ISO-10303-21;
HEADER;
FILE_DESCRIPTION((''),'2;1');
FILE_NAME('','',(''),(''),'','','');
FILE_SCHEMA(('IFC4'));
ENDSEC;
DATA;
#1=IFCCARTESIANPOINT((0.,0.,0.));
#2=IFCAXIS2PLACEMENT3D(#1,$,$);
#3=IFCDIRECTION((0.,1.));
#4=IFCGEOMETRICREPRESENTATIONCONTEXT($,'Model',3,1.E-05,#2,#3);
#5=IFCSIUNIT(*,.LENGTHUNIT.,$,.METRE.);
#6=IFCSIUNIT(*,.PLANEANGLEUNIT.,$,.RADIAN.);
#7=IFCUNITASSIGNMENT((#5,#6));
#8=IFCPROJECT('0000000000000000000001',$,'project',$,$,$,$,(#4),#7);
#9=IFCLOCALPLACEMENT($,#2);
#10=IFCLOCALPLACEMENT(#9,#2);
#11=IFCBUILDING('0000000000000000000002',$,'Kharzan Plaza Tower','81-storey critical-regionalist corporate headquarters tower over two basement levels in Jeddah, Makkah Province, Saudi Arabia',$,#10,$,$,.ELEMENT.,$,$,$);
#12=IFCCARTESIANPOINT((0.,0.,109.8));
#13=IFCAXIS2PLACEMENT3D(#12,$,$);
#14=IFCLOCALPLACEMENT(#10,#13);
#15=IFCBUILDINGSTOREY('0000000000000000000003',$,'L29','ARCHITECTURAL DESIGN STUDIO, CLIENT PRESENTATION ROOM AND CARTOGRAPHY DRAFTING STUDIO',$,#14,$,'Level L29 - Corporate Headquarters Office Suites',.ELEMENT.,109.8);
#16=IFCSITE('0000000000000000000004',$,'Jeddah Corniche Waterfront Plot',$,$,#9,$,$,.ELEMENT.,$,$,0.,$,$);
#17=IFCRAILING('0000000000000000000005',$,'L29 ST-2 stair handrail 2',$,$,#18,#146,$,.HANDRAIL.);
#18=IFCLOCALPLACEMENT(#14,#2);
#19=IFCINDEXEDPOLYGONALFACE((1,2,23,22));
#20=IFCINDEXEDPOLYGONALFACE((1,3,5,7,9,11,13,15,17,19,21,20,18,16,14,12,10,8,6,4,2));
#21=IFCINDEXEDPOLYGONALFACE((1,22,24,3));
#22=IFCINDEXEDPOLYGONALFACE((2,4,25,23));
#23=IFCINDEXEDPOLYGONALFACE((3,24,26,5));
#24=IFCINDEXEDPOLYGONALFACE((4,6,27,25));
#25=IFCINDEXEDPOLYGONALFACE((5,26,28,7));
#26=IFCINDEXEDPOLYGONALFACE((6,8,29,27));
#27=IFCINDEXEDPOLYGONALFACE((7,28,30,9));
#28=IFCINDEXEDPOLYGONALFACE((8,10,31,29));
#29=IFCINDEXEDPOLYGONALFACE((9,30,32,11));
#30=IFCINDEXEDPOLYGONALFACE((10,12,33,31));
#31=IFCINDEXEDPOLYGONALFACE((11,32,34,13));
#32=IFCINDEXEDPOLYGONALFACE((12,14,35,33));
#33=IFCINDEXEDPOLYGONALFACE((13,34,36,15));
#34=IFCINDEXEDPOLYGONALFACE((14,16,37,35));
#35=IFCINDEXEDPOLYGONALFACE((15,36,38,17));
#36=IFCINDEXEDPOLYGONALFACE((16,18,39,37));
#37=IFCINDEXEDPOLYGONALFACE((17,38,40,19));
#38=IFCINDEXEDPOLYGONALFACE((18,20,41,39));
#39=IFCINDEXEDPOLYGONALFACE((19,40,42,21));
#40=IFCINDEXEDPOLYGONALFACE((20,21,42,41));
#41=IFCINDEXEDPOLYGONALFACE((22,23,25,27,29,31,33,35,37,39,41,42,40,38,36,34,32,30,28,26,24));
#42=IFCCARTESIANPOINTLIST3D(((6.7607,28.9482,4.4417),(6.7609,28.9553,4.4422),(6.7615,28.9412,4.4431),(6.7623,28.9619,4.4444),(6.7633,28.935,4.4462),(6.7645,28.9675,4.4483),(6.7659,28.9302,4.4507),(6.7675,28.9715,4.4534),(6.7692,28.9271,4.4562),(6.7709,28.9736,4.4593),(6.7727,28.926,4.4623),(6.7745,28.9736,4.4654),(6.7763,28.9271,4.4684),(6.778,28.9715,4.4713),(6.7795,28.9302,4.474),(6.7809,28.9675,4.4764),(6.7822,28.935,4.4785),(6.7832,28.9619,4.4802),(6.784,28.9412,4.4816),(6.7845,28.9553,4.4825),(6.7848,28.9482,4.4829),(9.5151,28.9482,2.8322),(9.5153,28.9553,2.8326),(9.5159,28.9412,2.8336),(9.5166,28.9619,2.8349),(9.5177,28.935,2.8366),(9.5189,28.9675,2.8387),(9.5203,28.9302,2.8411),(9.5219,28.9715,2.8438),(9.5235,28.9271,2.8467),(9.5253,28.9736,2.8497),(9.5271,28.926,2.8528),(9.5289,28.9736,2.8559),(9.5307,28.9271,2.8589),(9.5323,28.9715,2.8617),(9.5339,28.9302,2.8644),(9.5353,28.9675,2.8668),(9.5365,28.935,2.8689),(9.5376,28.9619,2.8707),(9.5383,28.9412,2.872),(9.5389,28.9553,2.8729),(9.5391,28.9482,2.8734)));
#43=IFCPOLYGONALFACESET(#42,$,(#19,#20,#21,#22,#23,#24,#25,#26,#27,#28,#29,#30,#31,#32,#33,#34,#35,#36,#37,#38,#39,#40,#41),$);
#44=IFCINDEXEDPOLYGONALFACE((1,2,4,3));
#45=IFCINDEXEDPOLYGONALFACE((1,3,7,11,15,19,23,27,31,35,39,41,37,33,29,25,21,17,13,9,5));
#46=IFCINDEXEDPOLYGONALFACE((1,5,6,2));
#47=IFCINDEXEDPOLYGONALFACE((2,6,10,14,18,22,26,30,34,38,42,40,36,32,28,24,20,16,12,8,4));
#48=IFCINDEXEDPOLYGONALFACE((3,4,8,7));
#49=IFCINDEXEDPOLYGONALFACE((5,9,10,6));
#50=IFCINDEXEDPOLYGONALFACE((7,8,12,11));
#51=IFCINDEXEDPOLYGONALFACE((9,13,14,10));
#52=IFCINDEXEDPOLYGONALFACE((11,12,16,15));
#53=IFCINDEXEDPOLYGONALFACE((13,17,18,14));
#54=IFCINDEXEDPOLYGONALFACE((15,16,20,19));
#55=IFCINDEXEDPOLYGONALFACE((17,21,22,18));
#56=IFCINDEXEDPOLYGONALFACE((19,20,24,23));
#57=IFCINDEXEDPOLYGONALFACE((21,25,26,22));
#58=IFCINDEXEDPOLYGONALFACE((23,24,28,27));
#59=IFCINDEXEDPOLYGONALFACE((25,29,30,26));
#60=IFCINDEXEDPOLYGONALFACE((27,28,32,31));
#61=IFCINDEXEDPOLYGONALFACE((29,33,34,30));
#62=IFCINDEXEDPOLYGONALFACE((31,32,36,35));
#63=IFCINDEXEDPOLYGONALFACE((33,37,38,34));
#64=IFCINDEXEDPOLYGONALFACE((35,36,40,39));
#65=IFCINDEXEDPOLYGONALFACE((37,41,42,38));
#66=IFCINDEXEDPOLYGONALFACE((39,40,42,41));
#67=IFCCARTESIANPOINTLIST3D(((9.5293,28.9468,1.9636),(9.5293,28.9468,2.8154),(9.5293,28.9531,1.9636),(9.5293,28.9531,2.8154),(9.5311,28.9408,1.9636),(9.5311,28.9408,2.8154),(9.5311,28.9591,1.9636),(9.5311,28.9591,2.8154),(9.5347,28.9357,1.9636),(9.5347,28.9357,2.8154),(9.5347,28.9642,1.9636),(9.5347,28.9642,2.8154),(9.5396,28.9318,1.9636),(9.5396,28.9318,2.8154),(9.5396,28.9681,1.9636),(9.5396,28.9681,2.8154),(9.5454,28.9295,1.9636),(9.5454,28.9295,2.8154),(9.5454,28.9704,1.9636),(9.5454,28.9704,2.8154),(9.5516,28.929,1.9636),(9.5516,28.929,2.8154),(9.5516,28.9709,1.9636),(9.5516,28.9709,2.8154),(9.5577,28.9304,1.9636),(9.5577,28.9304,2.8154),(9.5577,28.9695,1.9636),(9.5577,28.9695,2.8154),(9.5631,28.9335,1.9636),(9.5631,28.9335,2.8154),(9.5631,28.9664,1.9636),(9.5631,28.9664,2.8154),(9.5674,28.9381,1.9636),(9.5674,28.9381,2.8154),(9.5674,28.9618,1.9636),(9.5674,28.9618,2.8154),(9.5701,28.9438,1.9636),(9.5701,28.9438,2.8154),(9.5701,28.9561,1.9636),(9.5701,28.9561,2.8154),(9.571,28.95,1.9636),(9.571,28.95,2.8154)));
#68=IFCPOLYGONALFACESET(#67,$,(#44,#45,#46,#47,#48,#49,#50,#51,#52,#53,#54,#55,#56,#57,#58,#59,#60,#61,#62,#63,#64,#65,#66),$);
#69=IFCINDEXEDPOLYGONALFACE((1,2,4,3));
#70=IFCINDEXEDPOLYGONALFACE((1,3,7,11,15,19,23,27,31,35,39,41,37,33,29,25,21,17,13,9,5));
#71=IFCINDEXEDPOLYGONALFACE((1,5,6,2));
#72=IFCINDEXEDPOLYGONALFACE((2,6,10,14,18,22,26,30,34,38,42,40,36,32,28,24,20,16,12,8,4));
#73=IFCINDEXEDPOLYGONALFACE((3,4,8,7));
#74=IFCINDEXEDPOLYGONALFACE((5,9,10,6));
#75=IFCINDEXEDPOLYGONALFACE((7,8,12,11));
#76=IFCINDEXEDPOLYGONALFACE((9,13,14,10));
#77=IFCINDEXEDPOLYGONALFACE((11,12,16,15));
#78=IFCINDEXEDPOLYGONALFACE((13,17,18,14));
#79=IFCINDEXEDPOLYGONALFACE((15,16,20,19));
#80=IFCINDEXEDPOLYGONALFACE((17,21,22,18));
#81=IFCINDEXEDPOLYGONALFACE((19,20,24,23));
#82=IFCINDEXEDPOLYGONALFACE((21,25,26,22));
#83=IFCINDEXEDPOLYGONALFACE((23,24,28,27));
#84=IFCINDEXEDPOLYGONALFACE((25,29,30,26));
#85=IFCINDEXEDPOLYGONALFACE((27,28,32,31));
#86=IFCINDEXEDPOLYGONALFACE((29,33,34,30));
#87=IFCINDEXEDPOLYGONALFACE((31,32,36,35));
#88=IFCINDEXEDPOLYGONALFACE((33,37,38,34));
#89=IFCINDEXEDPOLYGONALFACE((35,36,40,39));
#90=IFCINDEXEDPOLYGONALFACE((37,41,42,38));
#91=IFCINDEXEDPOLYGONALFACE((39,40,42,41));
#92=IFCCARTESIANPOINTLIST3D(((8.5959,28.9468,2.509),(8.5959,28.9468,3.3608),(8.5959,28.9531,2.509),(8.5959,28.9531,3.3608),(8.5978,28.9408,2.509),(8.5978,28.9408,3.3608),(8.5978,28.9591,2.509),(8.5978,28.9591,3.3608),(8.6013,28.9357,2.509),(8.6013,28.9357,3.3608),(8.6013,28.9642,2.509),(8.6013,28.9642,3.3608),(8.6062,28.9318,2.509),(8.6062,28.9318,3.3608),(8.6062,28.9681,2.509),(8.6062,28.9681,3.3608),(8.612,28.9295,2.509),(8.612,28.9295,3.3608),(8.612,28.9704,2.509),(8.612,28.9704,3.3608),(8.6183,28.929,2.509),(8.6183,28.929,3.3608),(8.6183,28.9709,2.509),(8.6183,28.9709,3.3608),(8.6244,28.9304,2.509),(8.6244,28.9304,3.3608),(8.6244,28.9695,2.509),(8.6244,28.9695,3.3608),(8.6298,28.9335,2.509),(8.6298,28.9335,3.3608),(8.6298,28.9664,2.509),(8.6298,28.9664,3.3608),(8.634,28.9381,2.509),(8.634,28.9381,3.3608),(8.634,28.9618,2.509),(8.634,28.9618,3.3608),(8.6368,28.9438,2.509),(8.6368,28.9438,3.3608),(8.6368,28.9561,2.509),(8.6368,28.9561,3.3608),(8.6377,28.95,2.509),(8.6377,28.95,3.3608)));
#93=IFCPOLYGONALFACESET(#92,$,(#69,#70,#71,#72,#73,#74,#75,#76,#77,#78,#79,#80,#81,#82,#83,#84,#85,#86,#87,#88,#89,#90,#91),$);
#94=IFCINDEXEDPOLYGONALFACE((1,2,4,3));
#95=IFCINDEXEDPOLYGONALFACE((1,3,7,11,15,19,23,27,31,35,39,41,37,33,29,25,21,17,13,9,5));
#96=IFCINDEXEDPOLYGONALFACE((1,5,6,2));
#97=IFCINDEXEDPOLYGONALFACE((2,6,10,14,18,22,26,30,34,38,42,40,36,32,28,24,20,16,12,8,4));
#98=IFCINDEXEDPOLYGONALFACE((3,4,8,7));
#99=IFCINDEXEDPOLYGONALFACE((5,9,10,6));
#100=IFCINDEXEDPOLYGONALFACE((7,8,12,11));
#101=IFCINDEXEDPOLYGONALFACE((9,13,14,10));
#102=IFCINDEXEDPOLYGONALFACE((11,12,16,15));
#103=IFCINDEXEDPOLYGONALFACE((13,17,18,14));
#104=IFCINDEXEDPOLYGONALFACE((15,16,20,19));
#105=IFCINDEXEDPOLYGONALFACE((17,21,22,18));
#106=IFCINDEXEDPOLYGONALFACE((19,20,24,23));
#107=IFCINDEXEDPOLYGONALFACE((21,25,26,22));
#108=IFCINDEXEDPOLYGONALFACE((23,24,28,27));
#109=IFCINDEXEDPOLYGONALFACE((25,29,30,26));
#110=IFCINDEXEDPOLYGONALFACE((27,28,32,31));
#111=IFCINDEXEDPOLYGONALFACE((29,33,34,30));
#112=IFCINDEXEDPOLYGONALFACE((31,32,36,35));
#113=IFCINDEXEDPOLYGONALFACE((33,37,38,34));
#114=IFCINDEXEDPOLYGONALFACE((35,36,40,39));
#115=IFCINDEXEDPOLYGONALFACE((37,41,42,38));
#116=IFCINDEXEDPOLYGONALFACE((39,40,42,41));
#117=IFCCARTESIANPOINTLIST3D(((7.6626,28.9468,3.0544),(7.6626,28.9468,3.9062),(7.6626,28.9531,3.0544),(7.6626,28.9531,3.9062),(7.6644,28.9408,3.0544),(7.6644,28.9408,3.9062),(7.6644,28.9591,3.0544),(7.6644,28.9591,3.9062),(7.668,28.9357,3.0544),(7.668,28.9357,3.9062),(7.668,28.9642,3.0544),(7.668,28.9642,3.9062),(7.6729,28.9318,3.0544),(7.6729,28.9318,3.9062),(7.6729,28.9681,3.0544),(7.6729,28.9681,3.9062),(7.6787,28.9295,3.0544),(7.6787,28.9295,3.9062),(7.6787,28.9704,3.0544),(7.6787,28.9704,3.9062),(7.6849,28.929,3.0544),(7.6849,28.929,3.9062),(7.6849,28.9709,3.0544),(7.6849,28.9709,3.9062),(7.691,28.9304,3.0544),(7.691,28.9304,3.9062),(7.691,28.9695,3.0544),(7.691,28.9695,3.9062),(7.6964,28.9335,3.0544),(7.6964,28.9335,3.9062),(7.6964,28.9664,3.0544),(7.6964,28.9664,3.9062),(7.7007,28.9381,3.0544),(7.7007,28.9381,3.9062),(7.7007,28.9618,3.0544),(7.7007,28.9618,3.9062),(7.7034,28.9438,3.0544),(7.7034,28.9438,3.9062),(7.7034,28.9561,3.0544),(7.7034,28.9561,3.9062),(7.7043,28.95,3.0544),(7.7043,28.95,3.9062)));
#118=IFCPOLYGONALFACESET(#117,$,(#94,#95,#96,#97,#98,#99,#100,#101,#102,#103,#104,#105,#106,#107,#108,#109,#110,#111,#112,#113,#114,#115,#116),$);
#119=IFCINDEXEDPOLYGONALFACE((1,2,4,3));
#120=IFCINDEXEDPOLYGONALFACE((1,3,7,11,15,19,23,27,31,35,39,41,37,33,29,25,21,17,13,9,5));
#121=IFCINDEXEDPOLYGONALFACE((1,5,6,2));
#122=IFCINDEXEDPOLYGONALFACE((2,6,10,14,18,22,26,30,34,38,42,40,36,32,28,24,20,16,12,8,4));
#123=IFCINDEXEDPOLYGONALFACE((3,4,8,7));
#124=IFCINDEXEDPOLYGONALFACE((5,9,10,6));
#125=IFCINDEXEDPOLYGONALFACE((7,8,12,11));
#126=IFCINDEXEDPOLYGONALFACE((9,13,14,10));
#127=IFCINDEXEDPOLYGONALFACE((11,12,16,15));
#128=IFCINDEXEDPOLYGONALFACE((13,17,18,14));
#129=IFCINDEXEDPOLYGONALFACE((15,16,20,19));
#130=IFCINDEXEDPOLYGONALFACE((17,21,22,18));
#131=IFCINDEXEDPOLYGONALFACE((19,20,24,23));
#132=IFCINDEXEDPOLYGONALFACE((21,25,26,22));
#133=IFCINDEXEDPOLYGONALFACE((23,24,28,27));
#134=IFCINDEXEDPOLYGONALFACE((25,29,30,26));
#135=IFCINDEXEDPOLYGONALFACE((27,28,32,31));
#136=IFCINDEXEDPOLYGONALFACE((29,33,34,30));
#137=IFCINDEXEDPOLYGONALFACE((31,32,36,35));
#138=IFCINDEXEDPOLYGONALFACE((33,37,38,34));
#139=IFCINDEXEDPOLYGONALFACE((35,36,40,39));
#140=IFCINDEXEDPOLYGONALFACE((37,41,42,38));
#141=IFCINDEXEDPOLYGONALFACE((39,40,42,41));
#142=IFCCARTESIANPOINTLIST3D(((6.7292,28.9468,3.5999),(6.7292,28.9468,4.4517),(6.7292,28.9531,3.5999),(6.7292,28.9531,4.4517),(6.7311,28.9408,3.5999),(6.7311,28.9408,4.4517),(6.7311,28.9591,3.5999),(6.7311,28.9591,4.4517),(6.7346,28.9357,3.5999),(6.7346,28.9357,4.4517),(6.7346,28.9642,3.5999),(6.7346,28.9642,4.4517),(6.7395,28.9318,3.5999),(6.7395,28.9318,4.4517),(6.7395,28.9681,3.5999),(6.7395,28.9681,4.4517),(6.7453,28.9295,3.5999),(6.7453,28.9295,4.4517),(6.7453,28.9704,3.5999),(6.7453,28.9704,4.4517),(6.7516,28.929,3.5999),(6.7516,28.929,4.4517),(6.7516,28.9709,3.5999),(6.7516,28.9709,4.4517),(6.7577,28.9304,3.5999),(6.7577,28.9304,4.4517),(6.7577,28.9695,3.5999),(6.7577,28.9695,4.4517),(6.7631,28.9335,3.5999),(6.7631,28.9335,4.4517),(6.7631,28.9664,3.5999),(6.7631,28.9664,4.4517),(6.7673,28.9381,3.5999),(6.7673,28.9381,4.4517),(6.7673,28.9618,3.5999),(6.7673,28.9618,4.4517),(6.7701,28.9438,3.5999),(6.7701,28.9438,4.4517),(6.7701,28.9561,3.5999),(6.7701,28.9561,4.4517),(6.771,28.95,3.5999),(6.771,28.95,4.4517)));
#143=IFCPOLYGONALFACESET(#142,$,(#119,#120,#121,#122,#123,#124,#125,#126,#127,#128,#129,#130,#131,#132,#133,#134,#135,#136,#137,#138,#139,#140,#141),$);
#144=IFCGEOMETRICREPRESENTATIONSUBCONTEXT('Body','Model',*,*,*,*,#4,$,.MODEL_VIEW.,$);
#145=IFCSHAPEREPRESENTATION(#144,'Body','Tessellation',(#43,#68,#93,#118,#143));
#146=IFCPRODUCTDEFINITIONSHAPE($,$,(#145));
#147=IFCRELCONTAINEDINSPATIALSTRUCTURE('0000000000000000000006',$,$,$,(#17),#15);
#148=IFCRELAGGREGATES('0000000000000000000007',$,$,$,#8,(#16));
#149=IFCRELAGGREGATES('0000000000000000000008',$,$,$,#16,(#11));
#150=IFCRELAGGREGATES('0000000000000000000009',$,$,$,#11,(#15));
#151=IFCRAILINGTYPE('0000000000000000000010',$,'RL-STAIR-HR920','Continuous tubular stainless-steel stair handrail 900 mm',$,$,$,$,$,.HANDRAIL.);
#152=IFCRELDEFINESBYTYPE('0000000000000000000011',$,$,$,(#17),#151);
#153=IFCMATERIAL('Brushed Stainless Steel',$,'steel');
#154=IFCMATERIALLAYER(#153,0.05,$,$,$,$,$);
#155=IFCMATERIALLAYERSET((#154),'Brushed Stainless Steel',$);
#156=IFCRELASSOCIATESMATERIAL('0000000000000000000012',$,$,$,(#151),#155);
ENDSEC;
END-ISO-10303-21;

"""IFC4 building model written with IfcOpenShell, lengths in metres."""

from ifc_helpers import new_model, si_unit, direction, frame, origin, origin_2d, place, context, subcontext, project, spatial, circle, extrude, source, transform, mapped, material, layer, layer_set, type_object, element, save


model = new_model("IFC4")

# Units and contexts
model_context = context("Model", 3, precision=1e-05, world=origin(), true_north=direction((0.0, 1.0)))
body_context = subcontext(model_context, "Body", "Model", "MODEL_VIEW")
ifc_project = project(units=[si_unit("LENGTHUNIT", "METRE"), si_unit("PLANEANGLEUNIT", "RADIAN")], contexts=[model_context])

# Site, building, storey
site_placement = place(None, origin())
site = spatial("IfcSite", under=ifc_project, at=site_placement, Name="Jeddah Corniche Waterfront Plot", CompositionType="ELEMENT", RefElevation=0.0)
building_placement = place(site_placement, origin())
building = spatial("IfcBuilding", under=site, at=building_placement, Name="Kharzan Plaza Tower", Description="81-storey critical-regionalist corporate headquarters tower over two basement levels in Jeddah, Makkah Province, Saudi Arabia", CompositionType="ELEMENT")
storey_placement = place(building_placement, frame((0.0, 0.0, 109.8)))
storey = spatial("IfcBuildingStorey", under=building, at=storey_placement, Name="L29", Description="ARCHITECTURAL DESIGN STUDIO, CLIENT PRESENTATION ROOM AND CARTOGRAPHY DRAFTING STUDIO", LongName="Level L29 - Corporate Headquarters Office Suites", CompositionType="ELEMENT", Elevation=109.8)

# Shared definitions
ifc_material_1 = material(Name="Brushed Stainless Steel", Category="steel")

# Railing
ifc_layer_1 = layer(ifc_material_1, 0.05)
ifc_layer_set_1 = layer_set([ifc_layer_1], Name="Brushed Stainless Steel")
railing_type_1 = type_object("IfcRailingType", Name="RL-STAIR-HR920", Description="Continuous tubular stainless-steel stair handrail 900 mm", PredefinedType="HANDRAIL", material=ifc_layer_set_1)
shared_shape_1 = source(origin(), body_context, "Body", "SweptSolid", [
    extrude(circle(Radius=0.0239, at=origin_2d()), frame((-0.0229, 0.0, 0.8892), z_axis=(-0.863394, 0.0, 0.504531), x_axis=(0.0, -1.0, 0.0)), (0.0, 0.0, 1.0), 3.1902),
    extrude(circle(Radius=0.021, at=origin_2d()), origin(), (0.0, 0.0, 1.0), 0.8518),
    extrude(circle(Radius=0.021, at=origin_2d()), frame((-0.9333, 0.0, 0.5454)), (0.0, 0.0, 1.0), 0.8518),
    extrude(circle(Radius=0.021, at=origin_2d()), frame((-1.8667, 0.0, 1.0908)), (0.0, 0.0, 1.0), 0.8518),
    extrude(circle(Radius=0.021, at=origin_2d()), frame((-2.8, 0.0, 1.6362)), (0.0, 0.0, 1.0), 0.8518),
])
railing_1_placement = place(storey_placement, frame((9.55, 28.95, 1.9636)))
element("IfcRailing", 1, at=railing_1_placement, inside=storey, type_object=railing_type_1, Name="L29 ST-2 stair handrail 2", PredefinedType="HANDRAIL", context=body_context, shape_type="MappedRepresentation", body=[
    mapped(shared_shape_1, transform((0.0, 0.0, 0.0), x_axis=(1.0, 0.0, 0.0), y_axis=(0.0, 1.0, 0.0), z_axis=(0.0, 0.0, 1.0))),
])

save(model, "model.ifc")
